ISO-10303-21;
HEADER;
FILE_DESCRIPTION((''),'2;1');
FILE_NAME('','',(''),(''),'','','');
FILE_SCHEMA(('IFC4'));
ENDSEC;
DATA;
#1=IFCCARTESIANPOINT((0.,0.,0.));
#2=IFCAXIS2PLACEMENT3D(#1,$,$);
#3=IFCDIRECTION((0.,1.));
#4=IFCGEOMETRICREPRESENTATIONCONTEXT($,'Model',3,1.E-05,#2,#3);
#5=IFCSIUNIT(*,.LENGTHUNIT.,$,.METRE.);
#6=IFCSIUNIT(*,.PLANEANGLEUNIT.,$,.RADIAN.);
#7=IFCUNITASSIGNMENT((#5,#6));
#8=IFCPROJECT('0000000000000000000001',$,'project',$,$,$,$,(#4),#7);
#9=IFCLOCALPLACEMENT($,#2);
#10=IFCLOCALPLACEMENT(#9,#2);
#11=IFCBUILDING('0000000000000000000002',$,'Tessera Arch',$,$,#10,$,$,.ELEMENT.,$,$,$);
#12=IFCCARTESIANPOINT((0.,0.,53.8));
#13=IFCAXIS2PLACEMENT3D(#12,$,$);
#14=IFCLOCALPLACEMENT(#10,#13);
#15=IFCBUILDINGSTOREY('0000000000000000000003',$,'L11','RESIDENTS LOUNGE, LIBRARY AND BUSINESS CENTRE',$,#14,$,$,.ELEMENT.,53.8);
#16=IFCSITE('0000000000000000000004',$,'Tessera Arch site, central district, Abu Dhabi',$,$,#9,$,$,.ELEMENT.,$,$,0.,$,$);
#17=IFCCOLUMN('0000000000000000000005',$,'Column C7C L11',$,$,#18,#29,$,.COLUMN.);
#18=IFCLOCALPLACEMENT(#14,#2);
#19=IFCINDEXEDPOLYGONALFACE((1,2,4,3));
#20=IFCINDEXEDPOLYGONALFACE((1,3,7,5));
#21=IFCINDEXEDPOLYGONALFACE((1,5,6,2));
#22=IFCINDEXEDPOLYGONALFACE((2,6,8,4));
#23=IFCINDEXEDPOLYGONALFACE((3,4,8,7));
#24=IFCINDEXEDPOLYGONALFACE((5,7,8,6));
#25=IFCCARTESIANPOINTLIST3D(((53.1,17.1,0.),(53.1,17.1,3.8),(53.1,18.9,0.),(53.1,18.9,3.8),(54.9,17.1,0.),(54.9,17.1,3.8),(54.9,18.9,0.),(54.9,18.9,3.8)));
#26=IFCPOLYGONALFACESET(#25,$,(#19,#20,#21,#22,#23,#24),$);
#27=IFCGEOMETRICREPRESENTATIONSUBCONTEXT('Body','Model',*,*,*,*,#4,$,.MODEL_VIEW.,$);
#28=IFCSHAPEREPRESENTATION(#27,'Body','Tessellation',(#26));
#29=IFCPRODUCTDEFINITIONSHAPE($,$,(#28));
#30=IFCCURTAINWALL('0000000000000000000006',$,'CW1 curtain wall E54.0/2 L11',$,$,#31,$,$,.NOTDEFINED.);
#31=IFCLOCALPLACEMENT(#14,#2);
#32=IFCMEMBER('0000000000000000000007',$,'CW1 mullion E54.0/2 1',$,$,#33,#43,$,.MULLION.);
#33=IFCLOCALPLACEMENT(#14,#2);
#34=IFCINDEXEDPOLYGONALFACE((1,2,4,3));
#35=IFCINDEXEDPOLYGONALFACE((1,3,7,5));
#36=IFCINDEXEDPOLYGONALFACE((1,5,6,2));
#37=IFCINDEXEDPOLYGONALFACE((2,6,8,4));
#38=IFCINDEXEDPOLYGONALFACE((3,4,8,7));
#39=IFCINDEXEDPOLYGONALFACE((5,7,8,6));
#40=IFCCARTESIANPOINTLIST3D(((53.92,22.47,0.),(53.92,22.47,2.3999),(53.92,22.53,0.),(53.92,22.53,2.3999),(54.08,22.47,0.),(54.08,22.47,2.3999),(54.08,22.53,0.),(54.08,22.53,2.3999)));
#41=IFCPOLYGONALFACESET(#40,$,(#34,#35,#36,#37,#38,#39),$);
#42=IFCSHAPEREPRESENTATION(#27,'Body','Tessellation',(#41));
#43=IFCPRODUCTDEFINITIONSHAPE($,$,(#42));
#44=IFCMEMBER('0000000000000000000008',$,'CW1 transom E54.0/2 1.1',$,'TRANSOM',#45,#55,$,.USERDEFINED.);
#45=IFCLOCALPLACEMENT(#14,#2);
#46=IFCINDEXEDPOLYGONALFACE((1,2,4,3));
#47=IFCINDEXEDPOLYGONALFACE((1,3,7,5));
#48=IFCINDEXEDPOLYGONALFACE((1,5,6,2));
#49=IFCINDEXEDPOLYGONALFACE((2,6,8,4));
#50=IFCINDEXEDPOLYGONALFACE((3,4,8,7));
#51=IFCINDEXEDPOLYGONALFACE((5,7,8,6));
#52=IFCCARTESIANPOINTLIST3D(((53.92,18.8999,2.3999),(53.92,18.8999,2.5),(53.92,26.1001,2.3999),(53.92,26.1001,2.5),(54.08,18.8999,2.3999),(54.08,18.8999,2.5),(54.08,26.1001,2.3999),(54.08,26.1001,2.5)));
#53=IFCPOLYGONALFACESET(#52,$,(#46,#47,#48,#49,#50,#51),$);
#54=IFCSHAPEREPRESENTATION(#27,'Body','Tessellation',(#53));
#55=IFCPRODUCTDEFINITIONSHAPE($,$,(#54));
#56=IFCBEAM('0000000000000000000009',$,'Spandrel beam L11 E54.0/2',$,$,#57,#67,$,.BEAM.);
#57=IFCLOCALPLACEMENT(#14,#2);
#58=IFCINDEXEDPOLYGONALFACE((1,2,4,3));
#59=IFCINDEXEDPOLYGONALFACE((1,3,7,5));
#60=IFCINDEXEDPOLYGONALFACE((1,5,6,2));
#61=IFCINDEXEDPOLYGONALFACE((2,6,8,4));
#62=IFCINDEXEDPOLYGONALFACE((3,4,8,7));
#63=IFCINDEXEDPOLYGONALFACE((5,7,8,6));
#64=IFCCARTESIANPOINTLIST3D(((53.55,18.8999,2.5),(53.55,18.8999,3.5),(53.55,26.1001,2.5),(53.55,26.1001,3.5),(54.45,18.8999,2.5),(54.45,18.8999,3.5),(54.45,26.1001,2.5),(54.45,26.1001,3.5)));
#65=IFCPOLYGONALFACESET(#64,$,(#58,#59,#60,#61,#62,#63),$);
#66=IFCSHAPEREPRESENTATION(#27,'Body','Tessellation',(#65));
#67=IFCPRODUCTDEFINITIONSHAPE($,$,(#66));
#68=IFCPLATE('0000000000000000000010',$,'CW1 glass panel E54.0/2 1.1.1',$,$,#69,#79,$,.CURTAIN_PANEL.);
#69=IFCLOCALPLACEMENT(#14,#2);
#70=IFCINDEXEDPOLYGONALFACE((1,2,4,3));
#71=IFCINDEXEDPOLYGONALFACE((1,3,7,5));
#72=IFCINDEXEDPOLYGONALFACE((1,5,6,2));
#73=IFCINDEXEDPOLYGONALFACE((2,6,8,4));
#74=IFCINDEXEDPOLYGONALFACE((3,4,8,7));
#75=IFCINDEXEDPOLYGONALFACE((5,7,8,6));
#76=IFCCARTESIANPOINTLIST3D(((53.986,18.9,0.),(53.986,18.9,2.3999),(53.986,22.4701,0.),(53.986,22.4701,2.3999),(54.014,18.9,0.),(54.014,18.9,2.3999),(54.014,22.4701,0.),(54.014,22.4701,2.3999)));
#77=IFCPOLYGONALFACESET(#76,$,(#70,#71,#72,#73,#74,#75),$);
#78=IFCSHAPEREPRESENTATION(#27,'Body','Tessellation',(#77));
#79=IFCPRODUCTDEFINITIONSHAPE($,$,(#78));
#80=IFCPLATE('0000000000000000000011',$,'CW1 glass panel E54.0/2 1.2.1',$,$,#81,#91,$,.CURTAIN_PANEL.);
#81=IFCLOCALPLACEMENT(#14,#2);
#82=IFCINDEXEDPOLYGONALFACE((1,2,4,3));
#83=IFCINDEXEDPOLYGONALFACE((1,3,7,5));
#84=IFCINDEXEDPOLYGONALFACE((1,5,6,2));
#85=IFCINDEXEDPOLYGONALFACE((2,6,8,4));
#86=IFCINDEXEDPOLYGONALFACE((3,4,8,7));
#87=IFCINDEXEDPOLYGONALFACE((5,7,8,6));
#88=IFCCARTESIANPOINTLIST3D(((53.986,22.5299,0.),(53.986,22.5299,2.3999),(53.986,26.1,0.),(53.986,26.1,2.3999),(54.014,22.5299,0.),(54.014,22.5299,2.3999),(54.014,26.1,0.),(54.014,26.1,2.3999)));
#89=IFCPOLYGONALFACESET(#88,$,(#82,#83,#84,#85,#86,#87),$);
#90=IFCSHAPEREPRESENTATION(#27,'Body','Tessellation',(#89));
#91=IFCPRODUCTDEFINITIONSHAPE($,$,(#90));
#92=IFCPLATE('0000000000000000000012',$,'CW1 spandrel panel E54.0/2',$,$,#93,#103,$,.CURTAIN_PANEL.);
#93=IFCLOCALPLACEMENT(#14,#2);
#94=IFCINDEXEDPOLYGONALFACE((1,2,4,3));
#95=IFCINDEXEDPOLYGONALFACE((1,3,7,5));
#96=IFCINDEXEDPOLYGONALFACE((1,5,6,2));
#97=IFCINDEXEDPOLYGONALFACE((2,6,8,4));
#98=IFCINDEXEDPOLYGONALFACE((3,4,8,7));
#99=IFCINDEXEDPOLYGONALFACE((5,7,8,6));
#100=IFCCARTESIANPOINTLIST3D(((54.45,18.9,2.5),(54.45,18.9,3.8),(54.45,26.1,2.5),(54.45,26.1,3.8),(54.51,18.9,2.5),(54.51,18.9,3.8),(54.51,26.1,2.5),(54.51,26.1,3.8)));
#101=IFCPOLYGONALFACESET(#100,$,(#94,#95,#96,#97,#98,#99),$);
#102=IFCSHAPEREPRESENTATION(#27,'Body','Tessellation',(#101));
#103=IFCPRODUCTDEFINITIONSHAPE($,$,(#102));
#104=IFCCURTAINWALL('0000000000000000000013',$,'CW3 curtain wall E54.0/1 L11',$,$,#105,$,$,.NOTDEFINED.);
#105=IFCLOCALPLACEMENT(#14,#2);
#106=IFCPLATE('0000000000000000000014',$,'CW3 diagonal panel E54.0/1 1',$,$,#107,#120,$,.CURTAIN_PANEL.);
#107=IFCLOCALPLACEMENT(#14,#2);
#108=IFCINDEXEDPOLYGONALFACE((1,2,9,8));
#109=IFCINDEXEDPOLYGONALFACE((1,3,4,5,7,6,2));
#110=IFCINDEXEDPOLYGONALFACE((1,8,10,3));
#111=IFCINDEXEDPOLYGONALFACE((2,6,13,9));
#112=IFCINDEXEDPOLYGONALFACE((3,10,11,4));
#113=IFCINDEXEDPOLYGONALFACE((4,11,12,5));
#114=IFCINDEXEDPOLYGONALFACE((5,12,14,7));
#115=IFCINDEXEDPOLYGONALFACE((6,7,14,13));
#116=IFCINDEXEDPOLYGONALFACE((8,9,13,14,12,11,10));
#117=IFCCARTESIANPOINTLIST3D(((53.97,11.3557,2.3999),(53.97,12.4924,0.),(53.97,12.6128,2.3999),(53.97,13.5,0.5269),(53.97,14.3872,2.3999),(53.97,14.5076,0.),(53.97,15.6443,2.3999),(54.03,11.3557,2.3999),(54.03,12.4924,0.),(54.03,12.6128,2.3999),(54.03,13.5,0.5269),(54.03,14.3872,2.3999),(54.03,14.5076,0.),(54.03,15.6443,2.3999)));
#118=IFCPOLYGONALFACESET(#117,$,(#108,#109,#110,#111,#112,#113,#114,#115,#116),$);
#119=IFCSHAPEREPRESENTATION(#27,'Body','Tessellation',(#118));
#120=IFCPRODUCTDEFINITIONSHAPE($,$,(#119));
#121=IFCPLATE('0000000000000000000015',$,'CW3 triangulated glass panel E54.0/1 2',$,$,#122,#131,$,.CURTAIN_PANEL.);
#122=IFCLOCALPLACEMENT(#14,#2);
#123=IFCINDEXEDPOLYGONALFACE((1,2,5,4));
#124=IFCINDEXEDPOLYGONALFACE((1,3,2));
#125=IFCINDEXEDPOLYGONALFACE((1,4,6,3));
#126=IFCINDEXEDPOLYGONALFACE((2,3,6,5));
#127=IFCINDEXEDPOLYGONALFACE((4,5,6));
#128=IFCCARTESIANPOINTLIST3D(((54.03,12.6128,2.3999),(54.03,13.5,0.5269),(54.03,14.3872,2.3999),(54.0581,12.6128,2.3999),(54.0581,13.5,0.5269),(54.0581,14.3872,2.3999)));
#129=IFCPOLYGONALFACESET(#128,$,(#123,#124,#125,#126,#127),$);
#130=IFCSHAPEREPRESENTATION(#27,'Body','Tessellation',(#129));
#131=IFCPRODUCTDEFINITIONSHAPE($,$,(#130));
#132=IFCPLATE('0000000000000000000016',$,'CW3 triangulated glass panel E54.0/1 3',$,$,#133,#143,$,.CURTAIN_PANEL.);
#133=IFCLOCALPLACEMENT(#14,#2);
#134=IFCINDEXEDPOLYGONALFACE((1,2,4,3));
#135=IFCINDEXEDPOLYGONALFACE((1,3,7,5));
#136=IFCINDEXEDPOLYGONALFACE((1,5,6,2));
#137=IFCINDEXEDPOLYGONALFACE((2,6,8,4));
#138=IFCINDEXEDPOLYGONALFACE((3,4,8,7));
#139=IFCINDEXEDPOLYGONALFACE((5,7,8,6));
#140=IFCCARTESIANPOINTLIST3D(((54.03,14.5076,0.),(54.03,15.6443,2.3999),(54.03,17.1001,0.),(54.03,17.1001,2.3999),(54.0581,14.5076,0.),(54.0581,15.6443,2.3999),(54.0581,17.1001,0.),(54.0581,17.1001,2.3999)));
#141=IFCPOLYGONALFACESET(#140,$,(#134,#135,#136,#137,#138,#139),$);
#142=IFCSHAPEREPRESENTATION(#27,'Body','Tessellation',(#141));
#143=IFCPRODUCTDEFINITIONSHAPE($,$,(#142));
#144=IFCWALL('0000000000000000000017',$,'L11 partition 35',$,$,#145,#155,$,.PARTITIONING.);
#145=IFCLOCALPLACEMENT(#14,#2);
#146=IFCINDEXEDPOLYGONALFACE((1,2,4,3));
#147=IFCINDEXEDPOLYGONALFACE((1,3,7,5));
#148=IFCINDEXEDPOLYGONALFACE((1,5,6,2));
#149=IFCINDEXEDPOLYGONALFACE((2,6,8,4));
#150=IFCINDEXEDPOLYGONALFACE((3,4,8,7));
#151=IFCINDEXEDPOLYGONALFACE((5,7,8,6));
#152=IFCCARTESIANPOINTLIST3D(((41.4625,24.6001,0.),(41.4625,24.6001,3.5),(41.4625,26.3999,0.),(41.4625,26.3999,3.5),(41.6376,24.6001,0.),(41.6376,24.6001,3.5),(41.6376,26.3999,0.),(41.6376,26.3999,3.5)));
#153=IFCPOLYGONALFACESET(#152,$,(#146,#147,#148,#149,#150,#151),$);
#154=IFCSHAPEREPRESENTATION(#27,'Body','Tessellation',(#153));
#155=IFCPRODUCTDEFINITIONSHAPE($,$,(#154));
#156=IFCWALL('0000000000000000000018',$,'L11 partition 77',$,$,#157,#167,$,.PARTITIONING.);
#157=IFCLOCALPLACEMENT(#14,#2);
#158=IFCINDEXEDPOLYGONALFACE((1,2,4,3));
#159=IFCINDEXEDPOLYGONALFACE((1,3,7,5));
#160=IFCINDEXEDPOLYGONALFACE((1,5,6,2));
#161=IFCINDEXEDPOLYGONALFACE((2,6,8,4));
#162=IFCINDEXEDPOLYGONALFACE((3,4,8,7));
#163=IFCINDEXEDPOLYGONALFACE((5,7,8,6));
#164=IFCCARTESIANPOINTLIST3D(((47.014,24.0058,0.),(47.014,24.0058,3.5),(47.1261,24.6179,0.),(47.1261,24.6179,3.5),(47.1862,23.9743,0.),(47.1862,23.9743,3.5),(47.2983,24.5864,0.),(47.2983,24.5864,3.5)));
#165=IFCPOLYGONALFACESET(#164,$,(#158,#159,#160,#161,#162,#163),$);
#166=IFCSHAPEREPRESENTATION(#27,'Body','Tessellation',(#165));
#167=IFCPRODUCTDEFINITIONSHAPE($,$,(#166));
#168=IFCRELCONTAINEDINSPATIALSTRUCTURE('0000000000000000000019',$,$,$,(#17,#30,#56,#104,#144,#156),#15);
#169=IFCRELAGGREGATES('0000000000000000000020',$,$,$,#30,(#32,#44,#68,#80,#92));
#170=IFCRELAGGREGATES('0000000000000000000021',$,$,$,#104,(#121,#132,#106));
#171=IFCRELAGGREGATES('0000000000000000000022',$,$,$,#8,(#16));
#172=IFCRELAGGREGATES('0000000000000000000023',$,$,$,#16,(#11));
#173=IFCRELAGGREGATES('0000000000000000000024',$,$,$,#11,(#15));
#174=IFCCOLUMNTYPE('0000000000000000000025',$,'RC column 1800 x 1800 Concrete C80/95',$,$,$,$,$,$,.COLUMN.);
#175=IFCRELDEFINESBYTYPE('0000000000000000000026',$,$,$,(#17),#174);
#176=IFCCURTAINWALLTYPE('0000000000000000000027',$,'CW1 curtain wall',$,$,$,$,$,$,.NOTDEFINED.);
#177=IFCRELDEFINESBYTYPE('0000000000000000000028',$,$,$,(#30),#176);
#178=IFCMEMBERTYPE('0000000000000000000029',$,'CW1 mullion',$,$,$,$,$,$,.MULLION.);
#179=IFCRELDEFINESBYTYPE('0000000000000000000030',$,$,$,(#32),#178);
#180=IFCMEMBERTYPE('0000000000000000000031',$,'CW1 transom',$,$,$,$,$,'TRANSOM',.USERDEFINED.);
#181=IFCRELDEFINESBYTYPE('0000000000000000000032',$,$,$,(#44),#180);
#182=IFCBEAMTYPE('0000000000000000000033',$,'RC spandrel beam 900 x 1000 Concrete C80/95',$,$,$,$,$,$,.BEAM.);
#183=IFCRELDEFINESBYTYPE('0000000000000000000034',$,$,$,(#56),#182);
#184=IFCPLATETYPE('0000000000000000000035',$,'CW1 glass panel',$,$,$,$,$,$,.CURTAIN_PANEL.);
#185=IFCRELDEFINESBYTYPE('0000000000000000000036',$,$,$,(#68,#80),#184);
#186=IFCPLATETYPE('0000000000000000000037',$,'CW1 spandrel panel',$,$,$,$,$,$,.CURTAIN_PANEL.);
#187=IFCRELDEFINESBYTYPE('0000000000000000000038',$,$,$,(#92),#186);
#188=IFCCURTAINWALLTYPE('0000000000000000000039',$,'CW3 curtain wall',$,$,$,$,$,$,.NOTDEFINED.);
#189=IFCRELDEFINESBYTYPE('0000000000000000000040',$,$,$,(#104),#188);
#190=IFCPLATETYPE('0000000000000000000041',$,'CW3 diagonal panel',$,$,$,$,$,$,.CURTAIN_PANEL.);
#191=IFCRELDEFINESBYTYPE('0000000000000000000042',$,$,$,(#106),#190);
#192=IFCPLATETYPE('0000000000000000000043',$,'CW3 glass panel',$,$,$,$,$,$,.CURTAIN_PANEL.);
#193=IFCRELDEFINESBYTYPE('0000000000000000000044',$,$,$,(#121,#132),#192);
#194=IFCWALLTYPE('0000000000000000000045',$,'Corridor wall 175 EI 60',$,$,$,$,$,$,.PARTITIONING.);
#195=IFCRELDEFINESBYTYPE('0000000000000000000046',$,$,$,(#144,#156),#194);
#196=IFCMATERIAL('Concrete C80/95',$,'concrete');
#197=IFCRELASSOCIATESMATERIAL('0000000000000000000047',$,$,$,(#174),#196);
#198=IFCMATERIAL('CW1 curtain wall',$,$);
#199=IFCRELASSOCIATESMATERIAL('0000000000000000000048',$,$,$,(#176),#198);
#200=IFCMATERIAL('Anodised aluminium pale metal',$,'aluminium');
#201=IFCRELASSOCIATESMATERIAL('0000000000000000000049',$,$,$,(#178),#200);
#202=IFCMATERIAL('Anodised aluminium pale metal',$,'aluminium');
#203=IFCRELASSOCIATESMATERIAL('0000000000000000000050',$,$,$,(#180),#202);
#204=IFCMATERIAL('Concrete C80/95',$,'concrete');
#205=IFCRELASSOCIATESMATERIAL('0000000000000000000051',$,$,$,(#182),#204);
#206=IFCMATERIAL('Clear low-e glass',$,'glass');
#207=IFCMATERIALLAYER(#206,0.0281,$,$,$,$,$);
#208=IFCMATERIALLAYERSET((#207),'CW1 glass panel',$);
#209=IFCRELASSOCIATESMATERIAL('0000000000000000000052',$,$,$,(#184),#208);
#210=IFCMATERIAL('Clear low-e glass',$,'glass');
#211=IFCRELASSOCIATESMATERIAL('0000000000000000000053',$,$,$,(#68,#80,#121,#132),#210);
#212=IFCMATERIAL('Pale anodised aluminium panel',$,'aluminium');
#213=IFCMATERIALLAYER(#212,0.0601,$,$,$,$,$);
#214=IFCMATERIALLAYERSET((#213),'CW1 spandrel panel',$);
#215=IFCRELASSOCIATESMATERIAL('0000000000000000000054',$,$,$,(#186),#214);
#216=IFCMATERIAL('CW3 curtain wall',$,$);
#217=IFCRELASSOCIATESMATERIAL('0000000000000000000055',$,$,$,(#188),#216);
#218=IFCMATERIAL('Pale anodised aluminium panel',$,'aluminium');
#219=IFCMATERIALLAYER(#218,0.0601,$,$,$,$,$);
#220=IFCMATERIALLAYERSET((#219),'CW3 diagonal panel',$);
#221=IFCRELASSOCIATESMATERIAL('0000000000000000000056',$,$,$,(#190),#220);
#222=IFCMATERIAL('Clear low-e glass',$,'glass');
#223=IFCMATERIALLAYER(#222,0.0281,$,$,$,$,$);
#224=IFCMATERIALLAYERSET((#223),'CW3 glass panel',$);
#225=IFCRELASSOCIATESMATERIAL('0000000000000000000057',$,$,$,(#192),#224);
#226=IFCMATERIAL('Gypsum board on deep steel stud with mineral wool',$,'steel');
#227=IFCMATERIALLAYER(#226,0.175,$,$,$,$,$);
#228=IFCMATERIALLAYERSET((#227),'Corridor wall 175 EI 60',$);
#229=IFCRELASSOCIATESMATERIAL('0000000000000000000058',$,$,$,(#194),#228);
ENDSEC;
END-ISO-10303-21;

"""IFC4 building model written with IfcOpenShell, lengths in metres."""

from ifc_helpers import new_model, si_unit, direction, frame, frame_2d, origin, origin_2d, place, context, subcontext, project, spatial, polyline, rectangle, outline, extrude, material, layer, layer_set, material_profile, profile_set, type_object, element, aggregate, save


model = new_model("IFC4")

# Units and contexts
model_context = context("Model", 3, precision=1e-05, world=origin(), true_north=direction((0.0, 1.0)))
body_context = subcontext(model_context, "Body", "Model", "MODEL_VIEW")
ifc_project = project(units=[si_unit("LENGTHUNIT", "METRE"), si_unit("PLANEANGLEUNIT", "RADIAN")], contexts=[model_context])

# Site, building, storey
site_placement = place(None, origin())
site = spatial("IfcSite", under=ifc_project, at=site_placement, Name="Tessera Arch site, central district, Abu Dhabi", CompositionType="ELEMENT", RefElevation=0.0)
building_placement = place(site_placement, origin())
building = spatial("IfcBuilding", under=site, at=building_placement, Name="Tessera Arch", CompositionType="ELEMENT")
storey_placement = place(building_placement, frame((0.0, 0.0, 53.8)))
storey = spatial("IfcBuildingStorey", under=building, at=storey_placement, Name="L11", Description="RESIDENTS LOUNGE, LIBRARY AND BUSINESS CENTRE", CompositionType="ELEMENT", Elevation=53.8)

# Column
ifc_material_1 = material(Name="Concrete C80/95", Category="concrete")
ifc_material_profile_1 = material_profile(ifc_material_1, rectangle(XDim=1.8, YDim=1.8, at=origin_2d()), Name="RC column 1800 x 1800 Concrete C80/95")
ifc_profile_set_1 = profile_set([ifc_material_profile_1], Name="Concrete C80/95")
column_type = type_object("IfcColumnType", Name="RC column 1800 x 1800 Concrete C80/95", PredefinedType="COLUMN", material=ifc_profile_set_1)
column_placement = place(storey_placement, frame((54.0, 18.0, 0.0), z_axis=(0.0, 0.0, 1.0), x_axis=(1.0, 0.0, 0.0)))
element("IfcColumn", 1, at=column_placement, inside=storey, type_object=column_type, Name="Column C7C L11", PredefinedType="COLUMN", context=body_context, shape_type="SweptSolid", body=[
    extrude(rectangle(XDim=1.8, YDim=1.8, at=origin_2d()), origin(), (0.0, 0.0, 1.0), 3.8),
])

# Curtain wall, members
ifc_material_2 = material(Name="CW1 curtain wall")
curtain_wall_type_1 = type_object("IfcCurtainWallType", Name="CW1 curtain wall", PredefinedType="NOTDEFINED", material=ifc_material_2)
curtain_wall_1_placement = place(storey_placement, origin())
curtain_wall_1 = element("IfcCurtainWall", 2, at=curtain_wall_1_placement, inside=storey, type_object=curtain_wall_type_1, Name="CW1 curtain wall E54.0/2 L11", PredefinedType="NOTDEFINED")
ifc_material_3 = material(Name="Anodised aluminium pale metal", Category="aluminium")
ifc_material_profile_2 = material_profile(ifc_material_3, rectangle(XDim=0.1599, YDim=0.0601, at=origin_2d()), Name="AL 60x160")
ifc_profile_set_2 = profile_set([ifc_material_profile_2], Name="Anodised aluminium pale metal")
member_type_1 = type_object("IfcMemberType", Name="CW1 mullion", PredefinedType="MULLION", material=ifc_profile_set_2)
member_1_placement = place(storey_placement, frame((54.0, 22.5, 0.0), z_axis=(0.0, 0.0, 1.0), x_axis=(-1.0, 0.0, 0.0)))
member_1 = element("IfcMember", 3, at=member_1_placement, type_object=member_type_1, Name="CW1 mullion E54.0/2 1", PredefinedType="MULLION", context=body_context, shape_type="SweptSolid", body=[
    extrude(rectangle(XDim=0.1599, YDim=0.0601, at=origin_2d()), origin(), (0.0, 0.0, 1.0), 2.3999),
])
ifc_material_4 = material(Name="Anodised aluminium pale metal", Category="aluminium")
ifc_material_profile_3 = material_profile(ifc_material_4, rectangle(XDim=0.1599, YDim=0.1001, at=origin_2d()), Name="AL 160x100")
ifc_profile_set_3 = profile_set([ifc_material_profile_3], Name="Anodised aluminium pale metal")
member_type_2 = type_object("IfcMemberType", Name="CW1 transom", ElementType="TRANSOM", PredefinedType="USERDEFINED", material=ifc_profile_set_3)
member_2_placement = place(storey_placement, frame((54.0, 18.8999, 2.45), z_axis=(0.0, 1.0, 0.0), x_axis=(-1.0, 0.0, 0.0)))
member_2 = element("IfcMember", 4, at=member_2_placement, type_object=member_type_2, Name="CW1 transom E54.0/2 1.1", ObjectType="TRANSOM", PredefinedType="USERDEFINED", context=body_context, shape_type="SweptSolid", body=[
    extrude(rectangle(XDim=0.1599, YDim=0.1001, at=origin_2d()), origin(), (0.0, 0.0, 1.0), 7.2002),
])

# Beam
ifc_material_5 = material(Name="Concrete C80/95", Category="concrete")
ifc_material_profile_4 = material_profile(ifc_material_5, rectangle(XDim=0.8999, YDim=1.0, at=origin_2d()), Name="RC spandrel beam 900 x 1000 Concrete C80/95")
ifc_profile_set_4 = profile_set([ifc_material_profile_4], Name="Concrete C80/95")
beam_type = type_object("IfcBeamType", Name="RC spandrel beam 900 x 1000 Concrete C80/95", PredefinedType="BEAM", material=ifc_profile_set_4)
beam_placement = place(storey_placement, frame((54.0, 18.8999, 3.0), z_axis=(0.0, 1.0, 0.0), x_axis=(-1.0, 0.0, 0.0)))
element("IfcBeam", 5, at=beam_placement, inside=storey, type_object=beam_type, Name="Spandrel beam L11 E54.0/2", PredefinedType="BEAM", context=body_context, shape_type="SweptSolid", body=[
    extrude(rectangle(XDim=0.8999, YDim=1.0, at=origin_2d()), origin(), (0.0, 0.0, 1.0), 7.2002),
])

# Plates
ifc_material_6 = material(Name="Clear low-e glass", Category="glass")
ifc_material_7 = material(Name="Clear low-e glass", Category="glass")
ifc_layer_1 = layer(ifc_material_7, 0.0281)
ifc_layer_set_1 = layer_set([ifc_layer_1], Name="CW1 glass panel")
plate_type_1 = type_object("IfcPlateType", Name="CW1 glass panel", PredefinedType="CURTAIN_PANEL", material=ifc_layer_set_1)
plate_1_placement = place(storey_placement, frame((54.0, 20.6851, 0.0), z_axis=(0.0, 0.0, 1.0), x_axis=(0.0, 1.0, 0.0)))
plate_1 = element("IfcPlate", 6, at=plate_1_placement, type_object=plate_type_1, material=ifc_material_6, Name="CW1 glass panel E54.0/2 1.1.1", PredefinedType="CURTAIN_PANEL", context=body_context, shape_type="SweptSolid", body=[
    extrude(rectangle(XDim=3.5701, YDim=0.0281, at=origin_2d()), origin(), (0.0, 0.0, 1.0), 2.3999),
])
plate_2_placement = place(storey_placement, frame((54.0, 24.3149, 0.0), z_axis=(0.0, 0.0, 1.0), x_axis=(0.0, 1.0, 0.0)))
plate_2 = element("IfcPlate", 7, at=plate_2_placement, type_object=plate_type_1, material=ifc_material_6, Name="CW1 glass panel E54.0/2 1.2.1", PredefinedType="CURTAIN_PANEL", context=body_context, shape_type="SweptSolid", body=[
    extrude(rectangle(XDim=3.5701, YDim=0.0281, at=origin_2d()), origin(), (0.0, 0.0, 1.0), 2.3999),
])
ifc_material_8 = material(Name="Pale anodised aluminium panel", Category="aluminium")
ifc_layer_2 = layer(ifc_material_8, 0.0601)
ifc_layer_set_2 = layer_set([ifc_layer_2], Name="CW1 spandrel panel")
plate_type_2 = type_object("IfcPlateType", Name="CW1 spandrel panel", PredefinedType="CURTAIN_PANEL", material=ifc_layer_set_2)
plate_3_placement = place(storey_placement, frame((54.48, 22.5, 2.5), z_axis=(0.0, 0.0, 1.0), x_axis=(0.0, 1.0, 0.0)))
plate_3 = element("IfcPlate", 8, at=plate_3_placement, type_object=plate_type_2, Name="CW1 spandrel panel E54.0/2", PredefinedType="CURTAIN_PANEL", context=body_context, shape_type="SweptSolid", body=[
    extrude(rectangle(XDim=7.2, YDim=0.0601, at=origin_2d()), origin(), (0.0, 0.0, 1.0), 1.3),
])
aggregate(curtain_wall_1, [member_1, member_2, plate_1, plate_2, plate_3])

# Curtain wall, plates
ifc_material_9 = material(Name="CW3 curtain wall")
curtain_wall_type_2 = type_object("IfcCurtainWallType", Name="CW3 curtain wall", PredefinedType="NOTDEFINED", material=ifc_material_9)
curtain_wall_2_placement = place(storey_placement, origin())
curtain_wall_2 = element("IfcCurtainWall", 9, at=curtain_wall_2_placement, inside=storey, type_object=curtain_wall_type_2, Name="CW3 curtain wall E54.0/1 L11", PredefinedType="NOTDEFINED")
ifc_material_10 = material(Name="Pale anodised aluminium panel", Category="aluminium")
ifc_layer_3 = layer(ifc_material_10, 0.0601)
ifc_layer_set_3 = layer_set([ifc_layer_3], Name="CW3 diagonal panel")
plate_type_3 = type_object("IfcPlateType", Name="CW3 diagonal panel", PredefinedType="CURTAIN_PANEL", material=ifc_layer_set_3)
plate_4_placement = place(storey_placement, frame((54.03, 15.6443, 2.3999), z_axis=(1.0, 0.0, 0.0), x_axis=(0.0, -1.0, 0.0)))
plate_4 = element("IfcPlate", 10, at=plate_4_placement, type_object=plate_type_3, Name="CW3 diagonal panel E54.0/1 1", PredefinedType="CURTAIN_PANEL", context=body_context, shape_type="SweptSolid", body=[
    extrude(outline(polyline([(0.0, 0.0), (1.2571, 0.0), (2.1443, 1.873), (3.0315, 0.0), (4.2886, 0.0), (3.1519, 2.3999), (1.1367, 2.3999), (0.0, 0.0)])), origin(), (0.0, 0.0, -1.0), 0.0601),
])
ifc_material_11 = material(Name="Clear low-e glass", Category="glass")
ifc_layer_4 = layer(ifc_material_11, 0.0281)
ifc_layer_set_4 = layer_set([ifc_layer_4], Name="CW3 glass panel")
plate_type_4 = type_object("IfcPlateType", Name="CW3 glass panel", PredefinedType="CURTAIN_PANEL", material=ifc_layer_set_4)
plate_5_placement = place(storey_placement, frame((54.0581, 14.3872, 2.3999), z_axis=(1.0, 0.0, 0.0), x_axis=(0.0, -1.0, 0.0)))
plate_5 = element("IfcPlate", 11, at=plate_5_placement, type_object=plate_type_4, material=ifc_material_6, Name="CW3 triangulated glass panel E54.0/1 2", PredefinedType="CURTAIN_PANEL", context=body_context, shape_type="SweptSolid", body=[
    extrude(outline(polyline([(0.0, 0.0), (1.7744, 0.0), (0.8872, 1.873), (0.0, 0.0)])), origin(), (0.0, 0.0, -1.0), 0.0281),
])
plate_6_placement = place(storey_placement, frame((54.0581, 17.1001, 2.3999), z_axis=(1.0, 0.0, 0.0), x_axis=(0.0, -1.0, 0.0)))
plate_6 = element("IfcPlate", 12, at=plate_6_placement, type_object=plate_type_4, material=ifc_material_6, Name="CW3 triangulated glass panel E54.0/1 3", PredefinedType="CURTAIN_PANEL", context=body_context, shape_type="SweptSolid", body=[
    extrude(outline(polyline([(0.0, 0.0), (1.4558, 0.0), (2.5925, 2.3999), (0.0, 2.3999), (0.0, 0.0)])), origin(), (0.0, 0.0, -1.0), 0.0281),
])
aggregate(curtain_wall_2, [plate_5, plate_6, plate_4])

# Walls
ifc_material_12 = material(Name="Gypsum board on deep steel stud with mineral wool", Category="steel")
ifc_layer_5 = layer(ifc_material_12, 0.175)
ifc_layer_set_5 = layer_set([ifc_layer_5], Name="Corridor wall 175 EI 60")
wall_type_1 = type_object("IfcWallType", Name="Corridor wall 175 EI 60", PredefinedType="PARTITIONING", material=ifc_layer_set_5)
wall_1_placement = place(storey_placement, frame((41.55, 24.6001, 0.0), z_axis=(0.0, 0.0, 1.0), x_axis=(0.0, 1.0, 0.0)))
element("IfcWall", 13, at=wall_1_placement, inside=storey, type_object=wall_type_1, Name="L11 partition 35", PredefinedType="PARTITIONING", context=body_context, shape_type="SweptSolid", body=[
    extrude(rectangle(XDim=1.7998, YDim=0.175, at=frame_2d((0.8999, 0.0))), origin(), (0.0, 0.0, 1.0), 3.5),
])
wall_2_placement = place(storey_placement, frame((47.2122, 24.6021, 0.0), z_axis=(0.0, 0.0, 1.0), x_axis=(-0.180094, -0.983649, 0.0)))
element("IfcWall", 14, at=wall_2_placement, inside=storey, type_object=wall_type_1, Name="L11 partition 77", PredefinedType="PARTITIONING", context=body_context, shape_type="SweptSolid", body=[
    extrude(rectangle(XDim=0.6223, YDim=0.175, at=frame_2d((0.311, 0.0))), origin(), (0.0, 0.0, 1.0), 3.5),
])

save(model, "model.ifc")
